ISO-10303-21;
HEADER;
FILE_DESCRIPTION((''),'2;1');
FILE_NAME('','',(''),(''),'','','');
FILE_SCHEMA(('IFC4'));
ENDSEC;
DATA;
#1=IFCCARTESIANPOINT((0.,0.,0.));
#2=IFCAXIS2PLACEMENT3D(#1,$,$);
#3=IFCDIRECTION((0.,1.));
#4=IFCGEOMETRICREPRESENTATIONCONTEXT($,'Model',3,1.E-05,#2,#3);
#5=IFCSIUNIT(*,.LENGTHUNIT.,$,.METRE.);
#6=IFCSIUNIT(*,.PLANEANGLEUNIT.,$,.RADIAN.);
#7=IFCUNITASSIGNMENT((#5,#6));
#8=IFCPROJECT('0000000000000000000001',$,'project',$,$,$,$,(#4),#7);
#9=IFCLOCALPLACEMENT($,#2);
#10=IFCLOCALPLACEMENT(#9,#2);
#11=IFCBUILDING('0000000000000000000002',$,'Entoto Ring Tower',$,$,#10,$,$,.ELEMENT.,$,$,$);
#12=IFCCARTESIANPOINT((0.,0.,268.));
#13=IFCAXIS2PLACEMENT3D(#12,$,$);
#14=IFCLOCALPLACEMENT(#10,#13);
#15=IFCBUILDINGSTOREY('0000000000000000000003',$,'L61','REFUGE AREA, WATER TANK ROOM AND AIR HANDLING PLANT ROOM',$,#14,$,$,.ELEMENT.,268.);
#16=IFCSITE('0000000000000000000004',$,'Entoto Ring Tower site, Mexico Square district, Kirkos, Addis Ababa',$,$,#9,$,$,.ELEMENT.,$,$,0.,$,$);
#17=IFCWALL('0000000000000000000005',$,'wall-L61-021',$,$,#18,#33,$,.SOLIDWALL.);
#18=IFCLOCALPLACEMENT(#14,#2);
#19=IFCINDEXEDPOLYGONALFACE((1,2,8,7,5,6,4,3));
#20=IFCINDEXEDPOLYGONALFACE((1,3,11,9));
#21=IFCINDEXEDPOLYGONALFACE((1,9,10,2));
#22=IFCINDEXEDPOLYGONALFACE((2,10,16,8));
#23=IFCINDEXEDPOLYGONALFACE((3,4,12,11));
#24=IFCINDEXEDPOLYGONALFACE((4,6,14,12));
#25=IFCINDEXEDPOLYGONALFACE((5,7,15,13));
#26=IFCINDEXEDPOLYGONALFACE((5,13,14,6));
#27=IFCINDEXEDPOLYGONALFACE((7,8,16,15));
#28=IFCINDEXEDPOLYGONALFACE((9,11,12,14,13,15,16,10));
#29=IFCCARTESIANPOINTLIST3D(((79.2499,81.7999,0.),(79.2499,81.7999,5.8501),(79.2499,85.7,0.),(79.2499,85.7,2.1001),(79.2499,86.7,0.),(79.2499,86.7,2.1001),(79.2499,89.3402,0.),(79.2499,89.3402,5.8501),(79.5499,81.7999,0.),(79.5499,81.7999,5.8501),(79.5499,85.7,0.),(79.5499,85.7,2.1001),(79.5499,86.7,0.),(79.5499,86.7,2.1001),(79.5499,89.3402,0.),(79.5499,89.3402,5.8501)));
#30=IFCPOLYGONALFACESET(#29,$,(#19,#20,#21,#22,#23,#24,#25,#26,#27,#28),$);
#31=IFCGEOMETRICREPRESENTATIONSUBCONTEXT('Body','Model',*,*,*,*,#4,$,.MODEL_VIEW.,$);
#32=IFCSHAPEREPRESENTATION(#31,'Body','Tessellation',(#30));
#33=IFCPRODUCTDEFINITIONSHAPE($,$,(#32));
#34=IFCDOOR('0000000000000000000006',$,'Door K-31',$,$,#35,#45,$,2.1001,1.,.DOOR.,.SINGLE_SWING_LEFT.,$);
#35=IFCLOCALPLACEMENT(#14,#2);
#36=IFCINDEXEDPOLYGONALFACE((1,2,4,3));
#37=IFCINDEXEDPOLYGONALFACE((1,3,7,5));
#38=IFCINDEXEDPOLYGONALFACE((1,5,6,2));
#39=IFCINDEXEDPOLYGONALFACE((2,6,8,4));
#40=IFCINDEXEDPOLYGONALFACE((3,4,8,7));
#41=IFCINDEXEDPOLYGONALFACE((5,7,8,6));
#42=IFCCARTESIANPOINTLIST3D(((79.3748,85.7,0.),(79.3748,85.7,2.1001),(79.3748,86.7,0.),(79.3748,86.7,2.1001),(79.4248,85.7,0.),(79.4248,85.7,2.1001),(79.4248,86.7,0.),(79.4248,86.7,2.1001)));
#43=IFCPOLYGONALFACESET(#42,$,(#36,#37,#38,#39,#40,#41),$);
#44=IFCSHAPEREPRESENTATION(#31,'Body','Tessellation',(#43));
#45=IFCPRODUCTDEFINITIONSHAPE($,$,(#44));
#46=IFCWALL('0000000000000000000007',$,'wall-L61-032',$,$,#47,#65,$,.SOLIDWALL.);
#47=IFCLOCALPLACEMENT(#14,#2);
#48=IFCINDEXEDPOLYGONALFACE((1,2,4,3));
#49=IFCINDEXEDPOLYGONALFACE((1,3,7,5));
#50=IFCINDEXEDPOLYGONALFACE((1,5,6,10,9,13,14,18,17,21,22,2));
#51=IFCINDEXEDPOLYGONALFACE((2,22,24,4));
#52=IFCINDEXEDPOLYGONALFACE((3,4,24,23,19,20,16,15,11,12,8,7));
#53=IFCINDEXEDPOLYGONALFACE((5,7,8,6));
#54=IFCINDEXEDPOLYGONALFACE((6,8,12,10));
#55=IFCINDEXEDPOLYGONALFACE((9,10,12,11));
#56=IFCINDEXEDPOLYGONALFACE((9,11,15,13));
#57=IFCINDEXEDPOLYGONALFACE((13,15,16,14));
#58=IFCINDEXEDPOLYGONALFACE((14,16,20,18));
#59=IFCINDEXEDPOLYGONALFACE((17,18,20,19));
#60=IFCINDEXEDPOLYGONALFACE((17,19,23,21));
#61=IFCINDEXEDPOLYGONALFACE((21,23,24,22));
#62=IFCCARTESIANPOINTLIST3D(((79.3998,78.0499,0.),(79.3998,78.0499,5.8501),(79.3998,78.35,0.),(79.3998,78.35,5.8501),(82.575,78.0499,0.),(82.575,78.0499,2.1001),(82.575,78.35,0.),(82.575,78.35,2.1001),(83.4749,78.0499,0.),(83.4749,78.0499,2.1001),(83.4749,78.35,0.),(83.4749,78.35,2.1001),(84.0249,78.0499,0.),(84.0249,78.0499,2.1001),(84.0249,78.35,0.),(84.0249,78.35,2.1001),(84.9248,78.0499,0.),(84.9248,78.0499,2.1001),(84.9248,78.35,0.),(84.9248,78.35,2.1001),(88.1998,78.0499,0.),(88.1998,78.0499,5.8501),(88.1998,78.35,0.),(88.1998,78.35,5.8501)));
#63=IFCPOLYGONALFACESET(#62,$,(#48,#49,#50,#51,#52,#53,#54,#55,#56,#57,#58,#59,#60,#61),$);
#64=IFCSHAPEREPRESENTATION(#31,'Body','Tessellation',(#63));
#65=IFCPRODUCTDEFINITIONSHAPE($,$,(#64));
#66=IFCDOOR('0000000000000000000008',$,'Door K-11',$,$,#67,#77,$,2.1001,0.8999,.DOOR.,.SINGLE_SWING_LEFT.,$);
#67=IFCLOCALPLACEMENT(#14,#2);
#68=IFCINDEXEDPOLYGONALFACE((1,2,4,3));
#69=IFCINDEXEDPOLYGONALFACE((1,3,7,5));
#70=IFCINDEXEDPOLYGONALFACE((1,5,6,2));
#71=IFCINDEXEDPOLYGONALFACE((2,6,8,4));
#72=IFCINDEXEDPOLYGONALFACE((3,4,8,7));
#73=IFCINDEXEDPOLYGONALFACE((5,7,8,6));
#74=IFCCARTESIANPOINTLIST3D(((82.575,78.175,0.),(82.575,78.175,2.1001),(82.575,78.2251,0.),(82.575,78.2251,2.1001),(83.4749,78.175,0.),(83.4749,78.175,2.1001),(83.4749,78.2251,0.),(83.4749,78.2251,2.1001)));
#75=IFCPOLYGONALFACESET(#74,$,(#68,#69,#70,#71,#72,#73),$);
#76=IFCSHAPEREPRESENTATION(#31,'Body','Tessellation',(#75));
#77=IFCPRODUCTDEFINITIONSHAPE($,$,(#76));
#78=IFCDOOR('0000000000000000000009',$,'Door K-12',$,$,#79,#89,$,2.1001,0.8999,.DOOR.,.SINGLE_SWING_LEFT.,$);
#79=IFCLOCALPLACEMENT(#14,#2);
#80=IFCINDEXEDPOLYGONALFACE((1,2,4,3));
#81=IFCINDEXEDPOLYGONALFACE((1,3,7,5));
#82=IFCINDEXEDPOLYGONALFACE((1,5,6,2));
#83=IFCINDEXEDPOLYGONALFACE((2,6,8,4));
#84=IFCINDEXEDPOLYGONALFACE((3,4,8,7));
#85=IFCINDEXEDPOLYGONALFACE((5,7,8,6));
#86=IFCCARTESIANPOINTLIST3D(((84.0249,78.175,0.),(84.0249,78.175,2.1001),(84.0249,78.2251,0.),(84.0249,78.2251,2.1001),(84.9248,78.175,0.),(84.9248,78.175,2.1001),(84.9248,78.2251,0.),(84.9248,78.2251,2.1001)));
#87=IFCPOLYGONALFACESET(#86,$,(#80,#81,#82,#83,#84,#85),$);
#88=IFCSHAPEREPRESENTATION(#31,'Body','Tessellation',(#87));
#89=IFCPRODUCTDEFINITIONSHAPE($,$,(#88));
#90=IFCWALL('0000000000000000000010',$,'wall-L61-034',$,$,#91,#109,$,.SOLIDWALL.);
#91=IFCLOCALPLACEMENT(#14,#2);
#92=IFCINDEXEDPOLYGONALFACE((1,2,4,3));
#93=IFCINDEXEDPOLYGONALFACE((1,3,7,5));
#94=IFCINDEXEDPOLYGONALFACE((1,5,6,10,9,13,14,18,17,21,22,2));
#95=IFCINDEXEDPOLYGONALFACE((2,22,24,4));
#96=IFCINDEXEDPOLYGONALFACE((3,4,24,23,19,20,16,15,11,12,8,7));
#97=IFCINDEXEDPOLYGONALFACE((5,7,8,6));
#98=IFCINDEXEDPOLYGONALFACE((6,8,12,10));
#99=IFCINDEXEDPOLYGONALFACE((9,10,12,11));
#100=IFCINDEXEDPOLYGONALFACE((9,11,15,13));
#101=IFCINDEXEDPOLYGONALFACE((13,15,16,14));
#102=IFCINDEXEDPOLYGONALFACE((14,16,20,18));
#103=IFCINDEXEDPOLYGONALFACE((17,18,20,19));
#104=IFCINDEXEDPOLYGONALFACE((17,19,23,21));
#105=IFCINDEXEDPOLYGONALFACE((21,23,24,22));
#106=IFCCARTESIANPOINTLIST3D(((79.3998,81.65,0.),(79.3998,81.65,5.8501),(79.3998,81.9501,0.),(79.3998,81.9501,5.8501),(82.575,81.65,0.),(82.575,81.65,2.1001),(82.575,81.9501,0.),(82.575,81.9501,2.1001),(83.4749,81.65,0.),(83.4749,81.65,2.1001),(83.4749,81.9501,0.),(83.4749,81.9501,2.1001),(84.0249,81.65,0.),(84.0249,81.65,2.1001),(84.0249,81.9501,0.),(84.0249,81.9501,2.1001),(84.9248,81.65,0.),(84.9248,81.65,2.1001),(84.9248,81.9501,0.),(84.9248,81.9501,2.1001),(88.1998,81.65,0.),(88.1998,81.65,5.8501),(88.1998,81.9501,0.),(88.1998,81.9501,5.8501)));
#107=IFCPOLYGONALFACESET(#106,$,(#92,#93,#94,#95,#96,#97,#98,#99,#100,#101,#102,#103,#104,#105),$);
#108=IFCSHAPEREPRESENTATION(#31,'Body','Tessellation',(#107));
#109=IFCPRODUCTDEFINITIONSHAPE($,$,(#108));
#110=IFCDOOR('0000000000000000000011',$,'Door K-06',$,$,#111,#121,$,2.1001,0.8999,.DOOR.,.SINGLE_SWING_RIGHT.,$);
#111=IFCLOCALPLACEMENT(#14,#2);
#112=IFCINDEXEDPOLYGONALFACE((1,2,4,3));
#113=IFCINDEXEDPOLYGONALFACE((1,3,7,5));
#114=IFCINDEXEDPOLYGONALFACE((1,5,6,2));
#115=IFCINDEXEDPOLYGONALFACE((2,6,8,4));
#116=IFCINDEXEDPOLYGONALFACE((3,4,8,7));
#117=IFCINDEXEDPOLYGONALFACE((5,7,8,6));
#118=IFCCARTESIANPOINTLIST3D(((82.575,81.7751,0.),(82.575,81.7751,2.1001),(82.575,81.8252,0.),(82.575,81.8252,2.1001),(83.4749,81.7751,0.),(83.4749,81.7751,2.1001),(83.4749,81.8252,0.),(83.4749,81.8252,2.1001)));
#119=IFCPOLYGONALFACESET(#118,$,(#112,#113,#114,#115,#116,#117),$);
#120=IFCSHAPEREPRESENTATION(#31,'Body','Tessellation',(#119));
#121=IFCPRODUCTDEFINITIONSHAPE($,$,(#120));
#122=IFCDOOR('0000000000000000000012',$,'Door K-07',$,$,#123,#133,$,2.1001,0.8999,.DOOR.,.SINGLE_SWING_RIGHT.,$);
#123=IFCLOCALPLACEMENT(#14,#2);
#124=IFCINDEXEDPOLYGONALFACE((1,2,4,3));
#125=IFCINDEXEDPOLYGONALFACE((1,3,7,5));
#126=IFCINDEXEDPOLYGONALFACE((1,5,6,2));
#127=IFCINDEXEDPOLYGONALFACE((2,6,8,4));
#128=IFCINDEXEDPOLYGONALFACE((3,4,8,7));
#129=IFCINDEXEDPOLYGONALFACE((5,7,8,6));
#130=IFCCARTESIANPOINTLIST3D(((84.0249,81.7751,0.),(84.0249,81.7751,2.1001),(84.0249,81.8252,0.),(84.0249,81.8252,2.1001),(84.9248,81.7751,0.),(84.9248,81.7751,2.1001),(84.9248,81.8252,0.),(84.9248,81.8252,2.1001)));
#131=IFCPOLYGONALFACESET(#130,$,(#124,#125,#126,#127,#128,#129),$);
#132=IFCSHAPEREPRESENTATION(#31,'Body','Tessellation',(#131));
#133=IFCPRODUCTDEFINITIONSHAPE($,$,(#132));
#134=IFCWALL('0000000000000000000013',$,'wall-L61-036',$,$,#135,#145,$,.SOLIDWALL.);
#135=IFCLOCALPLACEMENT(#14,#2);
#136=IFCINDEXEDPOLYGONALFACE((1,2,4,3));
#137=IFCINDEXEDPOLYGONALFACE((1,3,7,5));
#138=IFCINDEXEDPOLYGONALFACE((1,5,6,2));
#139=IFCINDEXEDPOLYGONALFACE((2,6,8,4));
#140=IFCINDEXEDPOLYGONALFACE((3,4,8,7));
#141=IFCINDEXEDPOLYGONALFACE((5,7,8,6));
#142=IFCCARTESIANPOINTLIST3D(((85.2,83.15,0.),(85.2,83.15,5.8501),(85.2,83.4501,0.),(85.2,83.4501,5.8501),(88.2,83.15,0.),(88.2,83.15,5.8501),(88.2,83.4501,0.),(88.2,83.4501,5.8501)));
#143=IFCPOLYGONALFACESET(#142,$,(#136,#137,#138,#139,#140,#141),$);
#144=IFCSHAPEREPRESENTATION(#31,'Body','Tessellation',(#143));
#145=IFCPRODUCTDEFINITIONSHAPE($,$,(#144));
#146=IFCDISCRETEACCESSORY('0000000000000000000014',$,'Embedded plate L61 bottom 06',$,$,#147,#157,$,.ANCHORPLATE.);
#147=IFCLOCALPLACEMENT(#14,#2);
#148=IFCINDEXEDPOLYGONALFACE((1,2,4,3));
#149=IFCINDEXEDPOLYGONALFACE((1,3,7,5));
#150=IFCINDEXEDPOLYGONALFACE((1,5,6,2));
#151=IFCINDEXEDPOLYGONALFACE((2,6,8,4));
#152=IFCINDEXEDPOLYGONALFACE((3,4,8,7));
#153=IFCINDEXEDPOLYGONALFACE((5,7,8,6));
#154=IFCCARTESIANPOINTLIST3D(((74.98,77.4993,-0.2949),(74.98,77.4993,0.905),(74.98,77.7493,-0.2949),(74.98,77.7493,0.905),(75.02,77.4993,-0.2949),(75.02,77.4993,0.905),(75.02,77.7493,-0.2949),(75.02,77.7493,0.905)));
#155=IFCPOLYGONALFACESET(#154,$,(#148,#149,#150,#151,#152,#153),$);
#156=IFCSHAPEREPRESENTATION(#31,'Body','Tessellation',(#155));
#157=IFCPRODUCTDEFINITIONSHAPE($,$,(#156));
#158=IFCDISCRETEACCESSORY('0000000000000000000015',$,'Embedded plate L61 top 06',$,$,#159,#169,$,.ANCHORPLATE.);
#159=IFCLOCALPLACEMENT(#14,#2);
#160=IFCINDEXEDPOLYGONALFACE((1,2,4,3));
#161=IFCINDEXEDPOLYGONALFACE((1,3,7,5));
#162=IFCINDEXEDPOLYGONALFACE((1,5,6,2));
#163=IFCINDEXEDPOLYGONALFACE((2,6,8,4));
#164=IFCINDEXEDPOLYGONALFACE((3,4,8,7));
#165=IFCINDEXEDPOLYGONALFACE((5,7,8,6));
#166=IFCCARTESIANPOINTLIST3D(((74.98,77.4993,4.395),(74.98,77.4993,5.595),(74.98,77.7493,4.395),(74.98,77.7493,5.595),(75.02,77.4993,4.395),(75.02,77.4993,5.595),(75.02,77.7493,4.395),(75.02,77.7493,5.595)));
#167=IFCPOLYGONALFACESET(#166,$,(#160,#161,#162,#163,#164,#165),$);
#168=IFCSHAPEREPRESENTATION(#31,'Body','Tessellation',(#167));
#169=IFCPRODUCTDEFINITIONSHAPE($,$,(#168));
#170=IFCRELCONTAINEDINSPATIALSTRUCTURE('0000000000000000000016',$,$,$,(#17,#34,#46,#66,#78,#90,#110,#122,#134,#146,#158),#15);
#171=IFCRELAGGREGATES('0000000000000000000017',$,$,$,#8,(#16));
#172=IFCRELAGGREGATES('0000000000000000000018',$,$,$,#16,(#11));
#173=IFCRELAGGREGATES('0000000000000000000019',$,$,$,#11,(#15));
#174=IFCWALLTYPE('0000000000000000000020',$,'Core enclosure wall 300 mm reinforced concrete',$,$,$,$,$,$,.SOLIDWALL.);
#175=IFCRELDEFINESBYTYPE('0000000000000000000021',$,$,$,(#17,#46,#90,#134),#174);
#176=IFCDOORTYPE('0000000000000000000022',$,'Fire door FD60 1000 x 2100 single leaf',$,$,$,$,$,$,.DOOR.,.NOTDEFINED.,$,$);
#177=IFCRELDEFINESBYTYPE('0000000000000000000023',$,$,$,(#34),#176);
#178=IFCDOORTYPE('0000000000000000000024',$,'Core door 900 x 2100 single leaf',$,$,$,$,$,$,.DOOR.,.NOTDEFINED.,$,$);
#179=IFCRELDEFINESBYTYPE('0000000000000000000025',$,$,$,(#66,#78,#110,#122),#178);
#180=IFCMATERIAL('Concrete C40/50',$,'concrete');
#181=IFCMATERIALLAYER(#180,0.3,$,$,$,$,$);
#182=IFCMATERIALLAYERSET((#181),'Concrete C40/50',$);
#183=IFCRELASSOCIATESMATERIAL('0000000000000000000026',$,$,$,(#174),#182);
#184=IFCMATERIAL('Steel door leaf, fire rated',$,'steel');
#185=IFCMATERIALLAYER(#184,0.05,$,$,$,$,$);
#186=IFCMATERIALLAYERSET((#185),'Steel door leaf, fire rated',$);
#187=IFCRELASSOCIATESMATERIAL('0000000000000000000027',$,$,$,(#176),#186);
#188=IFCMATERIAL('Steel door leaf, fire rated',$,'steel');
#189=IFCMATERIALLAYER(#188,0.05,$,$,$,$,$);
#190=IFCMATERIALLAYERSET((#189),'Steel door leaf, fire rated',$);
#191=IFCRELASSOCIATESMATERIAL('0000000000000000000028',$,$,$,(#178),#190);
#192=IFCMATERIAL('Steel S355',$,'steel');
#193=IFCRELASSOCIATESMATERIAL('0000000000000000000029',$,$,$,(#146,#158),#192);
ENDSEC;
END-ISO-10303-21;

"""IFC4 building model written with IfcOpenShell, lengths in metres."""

from ifc_helpers import new_model, si_unit, direction, frame, frame_2d, origin, origin_2d, place, context, subcontext, project, spatial, rectangle, extrude, material, layer, layer_set, type_object, element, fill, save


model = new_model("IFC4")

# Units and contexts
model_context = context("Model", 3, precision=1e-05, world=origin(), true_north=direction((0.0, 1.0)))
body_context = subcontext(model_context, "Body", "Model", "MODEL_VIEW")
ifc_project = project(units=[si_unit("LENGTHUNIT", "METRE"), si_unit("PLANEANGLEUNIT", "RADIAN")], contexts=[model_context])

# Site, building, storey
site_placement = place(None, origin())
site = spatial("IfcSite", under=ifc_project, at=site_placement, Name="Entoto Ring Tower site, Mexico Square district, Kirkos, Addis Ababa", CompositionType="ELEMENT", RefElevation=0.0)
building_placement = place(site_placement, origin())
building = spatial("IfcBuilding", under=site, at=building_placement, Name="Entoto Ring Tower", CompositionType="ELEMENT")
storey_placement = place(building_placement, frame((0.0, 0.0, 268.0)))
storey = spatial("IfcBuildingStorey", under=building, at=storey_placement, Name="L61", Description="REFUGE AREA, WATER TANK ROOM AND AIR HANDLING PLANT ROOM", CompositionType="ELEMENT", Elevation=268.0)

# Shared definitions
ifc_material_1 = material(Name="Concrete C40/50", Category="concrete")
ifc_layer_1 = layer(ifc_material_1, 0.3)
ifc_layer_set_1 = layer_set([ifc_layer_1], Name="Concrete C40/50")
wall_type = type_object("IfcWallType", Name="Core enclosure wall 300 mm reinforced concrete", PredefinedType="SOLIDWALL", material=ifc_layer_set_1)

# Wall, opening, door
wall_1_placement = place(storey_placement, frame((79.3999, 81.8, 0.0), z_axis=(0.0, 0.0, 1.0), x_axis=(0.0, 1.0, 0.0)))
wall_1 = element("IfcWall", 1, at=wall_1_placement, inside=storey, type_object=wall_type, Name="wall-L61-021", PredefinedType="SOLIDWALL", context=body_context, shape_type="SweptSolid", body=[
    extrude(rectangle(XDim=7.5403, YDim=0.3, at=frame_2d((3.77, 0.0))), origin(), (0.0, 0.0, 1.0), 5.8501),
])
opening_1_placement = place(wall_1_placement, frame((3.8999, 0.0, 0.0)))
opening_1 = element("IfcOpeningElement", 2, at=opening_1_placement, cuts=wall_1, PredefinedType="OPENING", context=body_context, shape_type="SweptSolid", body=[
    extrude(rectangle(XDim=1.0, YDim=2.1001, at=frame_2d((0.5, 1.05))), frame((0.0, 0.1602, 0.0), z_axis=(0.0, -1.0, 0.0), x_axis=(1.0, 0.0, 0.0)), (0.0, 0.0, 1.0), 0.3201),
])
ifc_material_2 = material(Name="Steel door leaf, fire rated", Category="steel")
ifc_layer_2 = layer(ifc_material_2, 0.05)
ifc_layer_set_2 = layer_set([ifc_layer_2], Name="Steel door leaf, fire rated")
door_type_1 = type_object("IfcDoorType", Name="Fire door FD60 1000 x 2100 single leaf", OperationType="NOTDEFINED", PredefinedType="DOOR", material=ifc_layer_set_2)
door_1_placement = place(opening_1_placement, frame((1.0, 0.0, 0.0), z_axis=(0.0, 0.0, 1.0), x_axis=(-1.0, 0.0, 0.0)))
door_1 = element("IfcDoor", 3, at=door_1_placement, inside=storey, type_object=door_type_1, Name="Door K-31", OperationType="SINGLE_SWING_LEFT", OverallHeight=2.1001, OverallWidth=1.0, PredefinedType="DOOR", context=body_context, shape_type="SweptSolid", body=[
    extrude(rectangle(XDim=1.0, YDim=2.1001, at=frame_2d((0.5, 1.05))), frame((0.0, 0.0249, 0.0), z_axis=(0.0, -1.0, 0.0), x_axis=(1.0, 0.0, 0.0)), (0.0, 0.0, 1.0), 0.05),
])
fill(opening_1, door_1)

# Walls, openings, doors
wall_2_placement = place(storey_placement, frame((79.3999, 78.2, 0.0), z_axis=(0.0, 0.0, 1.0), x_axis=(1.0, 0.0, 0.0)))
wall_2 = element("IfcWall", 4, at=wall_2_placement, inside=storey, type_object=wall_type, Name="wall-L61-032", PredefinedType="SOLIDWALL", context=body_context, shape_type="SweptSolid", body=[
    extrude(rectangle(XDim=8.8, YDim=0.3, at=frame_2d((4.3999, 0.0))), origin(), (0.0, 0.0, 1.0), 5.8501),
])
opening_2_placement = place(wall_2_placement, frame((3.175, 0.0, 0.0)))
opening_2 = element("IfcOpeningElement", 5, at=opening_2_placement, cuts=wall_2, PredefinedType="OPENING", context=body_context, shape_type="SweptSolid", body=[
    extrude(rectangle(XDim=0.8999, YDim=2.1001, at=frame_2d((0.45, 1.05))), frame((0.0, 0.1602, 0.0), z_axis=(0.0, -1.0, 0.0), x_axis=(1.0, 0.0, 0.0)), (0.0, 0.0, 1.0), 0.3201),
])
opening_3_placement = place(wall_2_placement, frame((4.625, 0.0, 0.0)))
opening_3 = element("IfcOpeningElement", 6, at=opening_3_placement, cuts=wall_2, PredefinedType="OPENING", context=body_context, shape_type="SweptSolid", body=[
    extrude(rectangle(XDim=0.8999, YDim=2.1001, at=frame_2d((0.45, 1.05))), frame((0.0, 0.1602, 0.0), z_axis=(0.0, -1.0, 0.0), x_axis=(1.0, 0.0, 0.0)), (0.0, 0.0, 1.0), 0.3201),
])
ifc_material_3 = material(Name="Steel door leaf, fire rated", Category="steel")
ifc_layer_3 = layer(ifc_material_3, 0.05)
ifc_layer_set_3 = layer_set([ifc_layer_3], Name="Steel door leaf, fire rated")
door_type_2 = type_object("IfcDoorType", Name="Core door 900 x 2100 single leaf", OperationType="NOTDEFINED", PredefinedType="DOOR", material=ifc_layer_set_3)
door_2_placement = place(opening_2_placement, frame((0.8999, 0.0, 0.0), z_axis=(0.0, 0.0, 1.0), x_axis=(-1.0, 0.0, 0.0)))
door_2 = element("IfcDoor", 7, at=door_2_placement, inside=storey, type_object=door_type_2, Name="Door K-11", OperationType="SINGLE_SWING_LEFT", OverallHeight=2.1001, OverallWidth=0.8999, PredefinedType="DOOR", context=body_context, shape_type="SweptSolid", body=[
    extrude(rectangle(XDim=0.8999, YDim=2.1001, at=frame_2d((0.45, 1.05))), frame((0.0, 0.0249, 0.0), z_axis=(0.0, -1.0, 0.0), x_axis=(1.0, 0.0, 0.0)), (0.0, 0.0, 1.0), 0.05),
])
fill(opening_2, door_2)
door_3_placement = place(opening_3_placement, frame((0.8999, 0.0, 0.0), z_axis=(0.0, 0.0, 1.0), x_axis=(-1.0, 0.0, 0.0)))
door_3 = element("IfcDoor", 8, at=door_3_placement, inside=storey, type_object=door_type_2, Name="Door K-12", OperationType="SINGLE_SWING_LEFT", OverallHeight=2.1001, OverallWidth=0.8999, PredefinedType="DOOR", context=body_context, shape_type="SweptSolid", body=[
    extrude(rectangle(XDim=0.8999, YDim=2.1001, at=frame_2d((0.45, 1.05))), frame((0.0, 0.0249, 0.0), z_axis=(0.0, -1.0, 0.0), x_axis=(1.0, 0.0, 0.0)), (0.0, 0.0, 1.0), 0.05),
])
fill(opening_3, door_3)
wall_3_placement = place(storey_placement, frame((79.3999, 81.8, 0.0), z_axis=(0.0, 0.0, 1.0), x_axis=(1.0, 0.0, 0.0)))
wall_3 = element("IfcWall", 9, at=wall_3_placement, inside=storey, type_object=wall_type, Name="wall-L61-034", PredefinedType="SOLIDWALL", context=body_context, shape_type="SweptSolid", body=[
    extrude(rectangle(XDim=8.8, YDim=0.3, at=frame_2d((4.3999, 0.0))), origin(), (0.0, 0.0, 1.0), 5.8501),
])
opening_4_placement = place(wall_3_placement, frame((3.175, 0.0, 0.0)))
opening_4 = element("IfcOpeningElement", 10, at=opening_4_placement, cuts=wall_3, PredefinedType="OPENING", context=body_context, shape_type="SweptSolid", body=[
    extrude(rectangle(XDim=0.8999, YDim=2.1001, at=frame_2d((0.45, 1.05))), frame((0.0, 0.1602, 0.0), z_axis=(0.0, -1.0, 0.0), x_axis=(1.0, 0.0, 0.0)), (0.0, 0.0, 1.0), 0.3201),
])
opening_5_placement = place(wall_3_placement, frame((4.625, 0.0, 0.0)))
opening_5 = element("IfcOpeningElement", 11, at=opening_5_placement, cuts=wall_3, PredefinedType="OPENING", context=body_context, shape_type="SweptSolid", body=[
    extrude(rectangle(XDim=0.8999, YDim=2.1001, at=frame_2d((0.45, 1.05))), frame((0.0, 0.1602, 0.0), z_axis=(0.0, -1.0, 0.0), x_axis=(1.0, 0.0, 0.0)), (0.0, 0.0, 1.0), 0.3201),
])
door_4_placement = place(opening_4_placement, frame((0.8999, 0.0, 0.0), z_axis=(0.0, 0.0, 1.0), x_axis=(-1.0, 0.0, 0.0)))
door_4 = element("IfcDoor", 12, at=door_4_placement, inside=storey, type_object=door_type_2, Name="Door K-06", OperationType="SINGLE_SWING_RIGHT", OverallHeight=2.1001, OverallWidth=0.8999, PredefinedType="DOOR", context=body_context, shape_type="SweptSolid", body=[
    extrude(rectangle(XDim=0.8999, YDim=2.1001, at=frame_2d((0.45, 1.05))), frame((0.0, 0.0249, 0.0), z_axis=(0.0, -1.0, 0.0), x_axis=(1.0, 0.0, 0.0)), (0.0, 0.0, 1.0), 0.05),
])
fill(opening_4, door_4)
door_5_placement = place(opening_5_placement, frame((0.8999, 0.0, 0.0), z_axis=(0.0, 0.0, 1.0), x_axis=(-1.0, 0.0, 0.0)))
door_5 = element("IfcDoor", 13, at=door_5_placement, inside=storey, type_object=door_type_2, Name="Door K-07", OperationType="SINGLE_SWING_RIGHT", OverallHeight=2.1001, OverallWidth=0.8999, PredefinedType="DOOR", context=body_context, shape_type="SweptSolid", body=[
    extrude(rectangle(XDim=0.8999, YDim=2.1001, at=frame_2d((0.45, 1.05))), frame((0.0, 0.0249, 0.0), z_axis=(0.0, -1.0, 0.0), x_axis=(1.0, 0.0, 0.0)), (0.0, 0.0, 1.0), 0.05),
])
fill(opening_5, door_5)

# Wall
wall_4_placement = place(storey_placement, frame((85.2, 83.3, 0.0), z_axis=(0.0, 0.0, 1.0), x_axis=(1.0, 0.0, 0.0)))
element("IfcWall", 14, at=wall_4_placement, inside=storey, type_object=wall_type, Name="wall-L61-036", PredefinedType="SOLIDWALL", context=body_context, shape_type="SweptSolid", body=[
    extrude(rectangle(XDim=3.0, YDim=0.3, at=frame_2d((1.5, 0.0))), origin(), (0.0, 0.0, 1.0), 5.8501),
])

# Discrete accessories
ifc_material_4 = material(Name="Steel S355", Category="steel")
for number, where, z_axis, x_axis, name in (
    (15, (75.0, 77.6243, -0.2949), (0.0, 0.0, 1.0), (-1.0, 0.0, 0.0), "Embedded plate L61 bottom 06"),
    (16, (75.0, 77.6243, 4.395), (0.0, 0.0, 1.0), (-1.0, 0.0, 0.0), "Embedded plate L61 top 06"),
):
    element("IfcDiscreteAccessory", number, at=place(storey_placement, frame(where, z_axis=z_axis, x_axis=x_axis)), inside=storey, material=ifc_material_4, Name=name, PredefinedType="ANCHORPLATE", context=body_context, shape_type="SweptSolid", body=[
        extrude(rectangle(XDim=0.04, YDim=0.25, at=origin_2d()), origin(), (0.0, 0.0, 1.0), 1.2),
    ])

save(model, "model.ifc")
